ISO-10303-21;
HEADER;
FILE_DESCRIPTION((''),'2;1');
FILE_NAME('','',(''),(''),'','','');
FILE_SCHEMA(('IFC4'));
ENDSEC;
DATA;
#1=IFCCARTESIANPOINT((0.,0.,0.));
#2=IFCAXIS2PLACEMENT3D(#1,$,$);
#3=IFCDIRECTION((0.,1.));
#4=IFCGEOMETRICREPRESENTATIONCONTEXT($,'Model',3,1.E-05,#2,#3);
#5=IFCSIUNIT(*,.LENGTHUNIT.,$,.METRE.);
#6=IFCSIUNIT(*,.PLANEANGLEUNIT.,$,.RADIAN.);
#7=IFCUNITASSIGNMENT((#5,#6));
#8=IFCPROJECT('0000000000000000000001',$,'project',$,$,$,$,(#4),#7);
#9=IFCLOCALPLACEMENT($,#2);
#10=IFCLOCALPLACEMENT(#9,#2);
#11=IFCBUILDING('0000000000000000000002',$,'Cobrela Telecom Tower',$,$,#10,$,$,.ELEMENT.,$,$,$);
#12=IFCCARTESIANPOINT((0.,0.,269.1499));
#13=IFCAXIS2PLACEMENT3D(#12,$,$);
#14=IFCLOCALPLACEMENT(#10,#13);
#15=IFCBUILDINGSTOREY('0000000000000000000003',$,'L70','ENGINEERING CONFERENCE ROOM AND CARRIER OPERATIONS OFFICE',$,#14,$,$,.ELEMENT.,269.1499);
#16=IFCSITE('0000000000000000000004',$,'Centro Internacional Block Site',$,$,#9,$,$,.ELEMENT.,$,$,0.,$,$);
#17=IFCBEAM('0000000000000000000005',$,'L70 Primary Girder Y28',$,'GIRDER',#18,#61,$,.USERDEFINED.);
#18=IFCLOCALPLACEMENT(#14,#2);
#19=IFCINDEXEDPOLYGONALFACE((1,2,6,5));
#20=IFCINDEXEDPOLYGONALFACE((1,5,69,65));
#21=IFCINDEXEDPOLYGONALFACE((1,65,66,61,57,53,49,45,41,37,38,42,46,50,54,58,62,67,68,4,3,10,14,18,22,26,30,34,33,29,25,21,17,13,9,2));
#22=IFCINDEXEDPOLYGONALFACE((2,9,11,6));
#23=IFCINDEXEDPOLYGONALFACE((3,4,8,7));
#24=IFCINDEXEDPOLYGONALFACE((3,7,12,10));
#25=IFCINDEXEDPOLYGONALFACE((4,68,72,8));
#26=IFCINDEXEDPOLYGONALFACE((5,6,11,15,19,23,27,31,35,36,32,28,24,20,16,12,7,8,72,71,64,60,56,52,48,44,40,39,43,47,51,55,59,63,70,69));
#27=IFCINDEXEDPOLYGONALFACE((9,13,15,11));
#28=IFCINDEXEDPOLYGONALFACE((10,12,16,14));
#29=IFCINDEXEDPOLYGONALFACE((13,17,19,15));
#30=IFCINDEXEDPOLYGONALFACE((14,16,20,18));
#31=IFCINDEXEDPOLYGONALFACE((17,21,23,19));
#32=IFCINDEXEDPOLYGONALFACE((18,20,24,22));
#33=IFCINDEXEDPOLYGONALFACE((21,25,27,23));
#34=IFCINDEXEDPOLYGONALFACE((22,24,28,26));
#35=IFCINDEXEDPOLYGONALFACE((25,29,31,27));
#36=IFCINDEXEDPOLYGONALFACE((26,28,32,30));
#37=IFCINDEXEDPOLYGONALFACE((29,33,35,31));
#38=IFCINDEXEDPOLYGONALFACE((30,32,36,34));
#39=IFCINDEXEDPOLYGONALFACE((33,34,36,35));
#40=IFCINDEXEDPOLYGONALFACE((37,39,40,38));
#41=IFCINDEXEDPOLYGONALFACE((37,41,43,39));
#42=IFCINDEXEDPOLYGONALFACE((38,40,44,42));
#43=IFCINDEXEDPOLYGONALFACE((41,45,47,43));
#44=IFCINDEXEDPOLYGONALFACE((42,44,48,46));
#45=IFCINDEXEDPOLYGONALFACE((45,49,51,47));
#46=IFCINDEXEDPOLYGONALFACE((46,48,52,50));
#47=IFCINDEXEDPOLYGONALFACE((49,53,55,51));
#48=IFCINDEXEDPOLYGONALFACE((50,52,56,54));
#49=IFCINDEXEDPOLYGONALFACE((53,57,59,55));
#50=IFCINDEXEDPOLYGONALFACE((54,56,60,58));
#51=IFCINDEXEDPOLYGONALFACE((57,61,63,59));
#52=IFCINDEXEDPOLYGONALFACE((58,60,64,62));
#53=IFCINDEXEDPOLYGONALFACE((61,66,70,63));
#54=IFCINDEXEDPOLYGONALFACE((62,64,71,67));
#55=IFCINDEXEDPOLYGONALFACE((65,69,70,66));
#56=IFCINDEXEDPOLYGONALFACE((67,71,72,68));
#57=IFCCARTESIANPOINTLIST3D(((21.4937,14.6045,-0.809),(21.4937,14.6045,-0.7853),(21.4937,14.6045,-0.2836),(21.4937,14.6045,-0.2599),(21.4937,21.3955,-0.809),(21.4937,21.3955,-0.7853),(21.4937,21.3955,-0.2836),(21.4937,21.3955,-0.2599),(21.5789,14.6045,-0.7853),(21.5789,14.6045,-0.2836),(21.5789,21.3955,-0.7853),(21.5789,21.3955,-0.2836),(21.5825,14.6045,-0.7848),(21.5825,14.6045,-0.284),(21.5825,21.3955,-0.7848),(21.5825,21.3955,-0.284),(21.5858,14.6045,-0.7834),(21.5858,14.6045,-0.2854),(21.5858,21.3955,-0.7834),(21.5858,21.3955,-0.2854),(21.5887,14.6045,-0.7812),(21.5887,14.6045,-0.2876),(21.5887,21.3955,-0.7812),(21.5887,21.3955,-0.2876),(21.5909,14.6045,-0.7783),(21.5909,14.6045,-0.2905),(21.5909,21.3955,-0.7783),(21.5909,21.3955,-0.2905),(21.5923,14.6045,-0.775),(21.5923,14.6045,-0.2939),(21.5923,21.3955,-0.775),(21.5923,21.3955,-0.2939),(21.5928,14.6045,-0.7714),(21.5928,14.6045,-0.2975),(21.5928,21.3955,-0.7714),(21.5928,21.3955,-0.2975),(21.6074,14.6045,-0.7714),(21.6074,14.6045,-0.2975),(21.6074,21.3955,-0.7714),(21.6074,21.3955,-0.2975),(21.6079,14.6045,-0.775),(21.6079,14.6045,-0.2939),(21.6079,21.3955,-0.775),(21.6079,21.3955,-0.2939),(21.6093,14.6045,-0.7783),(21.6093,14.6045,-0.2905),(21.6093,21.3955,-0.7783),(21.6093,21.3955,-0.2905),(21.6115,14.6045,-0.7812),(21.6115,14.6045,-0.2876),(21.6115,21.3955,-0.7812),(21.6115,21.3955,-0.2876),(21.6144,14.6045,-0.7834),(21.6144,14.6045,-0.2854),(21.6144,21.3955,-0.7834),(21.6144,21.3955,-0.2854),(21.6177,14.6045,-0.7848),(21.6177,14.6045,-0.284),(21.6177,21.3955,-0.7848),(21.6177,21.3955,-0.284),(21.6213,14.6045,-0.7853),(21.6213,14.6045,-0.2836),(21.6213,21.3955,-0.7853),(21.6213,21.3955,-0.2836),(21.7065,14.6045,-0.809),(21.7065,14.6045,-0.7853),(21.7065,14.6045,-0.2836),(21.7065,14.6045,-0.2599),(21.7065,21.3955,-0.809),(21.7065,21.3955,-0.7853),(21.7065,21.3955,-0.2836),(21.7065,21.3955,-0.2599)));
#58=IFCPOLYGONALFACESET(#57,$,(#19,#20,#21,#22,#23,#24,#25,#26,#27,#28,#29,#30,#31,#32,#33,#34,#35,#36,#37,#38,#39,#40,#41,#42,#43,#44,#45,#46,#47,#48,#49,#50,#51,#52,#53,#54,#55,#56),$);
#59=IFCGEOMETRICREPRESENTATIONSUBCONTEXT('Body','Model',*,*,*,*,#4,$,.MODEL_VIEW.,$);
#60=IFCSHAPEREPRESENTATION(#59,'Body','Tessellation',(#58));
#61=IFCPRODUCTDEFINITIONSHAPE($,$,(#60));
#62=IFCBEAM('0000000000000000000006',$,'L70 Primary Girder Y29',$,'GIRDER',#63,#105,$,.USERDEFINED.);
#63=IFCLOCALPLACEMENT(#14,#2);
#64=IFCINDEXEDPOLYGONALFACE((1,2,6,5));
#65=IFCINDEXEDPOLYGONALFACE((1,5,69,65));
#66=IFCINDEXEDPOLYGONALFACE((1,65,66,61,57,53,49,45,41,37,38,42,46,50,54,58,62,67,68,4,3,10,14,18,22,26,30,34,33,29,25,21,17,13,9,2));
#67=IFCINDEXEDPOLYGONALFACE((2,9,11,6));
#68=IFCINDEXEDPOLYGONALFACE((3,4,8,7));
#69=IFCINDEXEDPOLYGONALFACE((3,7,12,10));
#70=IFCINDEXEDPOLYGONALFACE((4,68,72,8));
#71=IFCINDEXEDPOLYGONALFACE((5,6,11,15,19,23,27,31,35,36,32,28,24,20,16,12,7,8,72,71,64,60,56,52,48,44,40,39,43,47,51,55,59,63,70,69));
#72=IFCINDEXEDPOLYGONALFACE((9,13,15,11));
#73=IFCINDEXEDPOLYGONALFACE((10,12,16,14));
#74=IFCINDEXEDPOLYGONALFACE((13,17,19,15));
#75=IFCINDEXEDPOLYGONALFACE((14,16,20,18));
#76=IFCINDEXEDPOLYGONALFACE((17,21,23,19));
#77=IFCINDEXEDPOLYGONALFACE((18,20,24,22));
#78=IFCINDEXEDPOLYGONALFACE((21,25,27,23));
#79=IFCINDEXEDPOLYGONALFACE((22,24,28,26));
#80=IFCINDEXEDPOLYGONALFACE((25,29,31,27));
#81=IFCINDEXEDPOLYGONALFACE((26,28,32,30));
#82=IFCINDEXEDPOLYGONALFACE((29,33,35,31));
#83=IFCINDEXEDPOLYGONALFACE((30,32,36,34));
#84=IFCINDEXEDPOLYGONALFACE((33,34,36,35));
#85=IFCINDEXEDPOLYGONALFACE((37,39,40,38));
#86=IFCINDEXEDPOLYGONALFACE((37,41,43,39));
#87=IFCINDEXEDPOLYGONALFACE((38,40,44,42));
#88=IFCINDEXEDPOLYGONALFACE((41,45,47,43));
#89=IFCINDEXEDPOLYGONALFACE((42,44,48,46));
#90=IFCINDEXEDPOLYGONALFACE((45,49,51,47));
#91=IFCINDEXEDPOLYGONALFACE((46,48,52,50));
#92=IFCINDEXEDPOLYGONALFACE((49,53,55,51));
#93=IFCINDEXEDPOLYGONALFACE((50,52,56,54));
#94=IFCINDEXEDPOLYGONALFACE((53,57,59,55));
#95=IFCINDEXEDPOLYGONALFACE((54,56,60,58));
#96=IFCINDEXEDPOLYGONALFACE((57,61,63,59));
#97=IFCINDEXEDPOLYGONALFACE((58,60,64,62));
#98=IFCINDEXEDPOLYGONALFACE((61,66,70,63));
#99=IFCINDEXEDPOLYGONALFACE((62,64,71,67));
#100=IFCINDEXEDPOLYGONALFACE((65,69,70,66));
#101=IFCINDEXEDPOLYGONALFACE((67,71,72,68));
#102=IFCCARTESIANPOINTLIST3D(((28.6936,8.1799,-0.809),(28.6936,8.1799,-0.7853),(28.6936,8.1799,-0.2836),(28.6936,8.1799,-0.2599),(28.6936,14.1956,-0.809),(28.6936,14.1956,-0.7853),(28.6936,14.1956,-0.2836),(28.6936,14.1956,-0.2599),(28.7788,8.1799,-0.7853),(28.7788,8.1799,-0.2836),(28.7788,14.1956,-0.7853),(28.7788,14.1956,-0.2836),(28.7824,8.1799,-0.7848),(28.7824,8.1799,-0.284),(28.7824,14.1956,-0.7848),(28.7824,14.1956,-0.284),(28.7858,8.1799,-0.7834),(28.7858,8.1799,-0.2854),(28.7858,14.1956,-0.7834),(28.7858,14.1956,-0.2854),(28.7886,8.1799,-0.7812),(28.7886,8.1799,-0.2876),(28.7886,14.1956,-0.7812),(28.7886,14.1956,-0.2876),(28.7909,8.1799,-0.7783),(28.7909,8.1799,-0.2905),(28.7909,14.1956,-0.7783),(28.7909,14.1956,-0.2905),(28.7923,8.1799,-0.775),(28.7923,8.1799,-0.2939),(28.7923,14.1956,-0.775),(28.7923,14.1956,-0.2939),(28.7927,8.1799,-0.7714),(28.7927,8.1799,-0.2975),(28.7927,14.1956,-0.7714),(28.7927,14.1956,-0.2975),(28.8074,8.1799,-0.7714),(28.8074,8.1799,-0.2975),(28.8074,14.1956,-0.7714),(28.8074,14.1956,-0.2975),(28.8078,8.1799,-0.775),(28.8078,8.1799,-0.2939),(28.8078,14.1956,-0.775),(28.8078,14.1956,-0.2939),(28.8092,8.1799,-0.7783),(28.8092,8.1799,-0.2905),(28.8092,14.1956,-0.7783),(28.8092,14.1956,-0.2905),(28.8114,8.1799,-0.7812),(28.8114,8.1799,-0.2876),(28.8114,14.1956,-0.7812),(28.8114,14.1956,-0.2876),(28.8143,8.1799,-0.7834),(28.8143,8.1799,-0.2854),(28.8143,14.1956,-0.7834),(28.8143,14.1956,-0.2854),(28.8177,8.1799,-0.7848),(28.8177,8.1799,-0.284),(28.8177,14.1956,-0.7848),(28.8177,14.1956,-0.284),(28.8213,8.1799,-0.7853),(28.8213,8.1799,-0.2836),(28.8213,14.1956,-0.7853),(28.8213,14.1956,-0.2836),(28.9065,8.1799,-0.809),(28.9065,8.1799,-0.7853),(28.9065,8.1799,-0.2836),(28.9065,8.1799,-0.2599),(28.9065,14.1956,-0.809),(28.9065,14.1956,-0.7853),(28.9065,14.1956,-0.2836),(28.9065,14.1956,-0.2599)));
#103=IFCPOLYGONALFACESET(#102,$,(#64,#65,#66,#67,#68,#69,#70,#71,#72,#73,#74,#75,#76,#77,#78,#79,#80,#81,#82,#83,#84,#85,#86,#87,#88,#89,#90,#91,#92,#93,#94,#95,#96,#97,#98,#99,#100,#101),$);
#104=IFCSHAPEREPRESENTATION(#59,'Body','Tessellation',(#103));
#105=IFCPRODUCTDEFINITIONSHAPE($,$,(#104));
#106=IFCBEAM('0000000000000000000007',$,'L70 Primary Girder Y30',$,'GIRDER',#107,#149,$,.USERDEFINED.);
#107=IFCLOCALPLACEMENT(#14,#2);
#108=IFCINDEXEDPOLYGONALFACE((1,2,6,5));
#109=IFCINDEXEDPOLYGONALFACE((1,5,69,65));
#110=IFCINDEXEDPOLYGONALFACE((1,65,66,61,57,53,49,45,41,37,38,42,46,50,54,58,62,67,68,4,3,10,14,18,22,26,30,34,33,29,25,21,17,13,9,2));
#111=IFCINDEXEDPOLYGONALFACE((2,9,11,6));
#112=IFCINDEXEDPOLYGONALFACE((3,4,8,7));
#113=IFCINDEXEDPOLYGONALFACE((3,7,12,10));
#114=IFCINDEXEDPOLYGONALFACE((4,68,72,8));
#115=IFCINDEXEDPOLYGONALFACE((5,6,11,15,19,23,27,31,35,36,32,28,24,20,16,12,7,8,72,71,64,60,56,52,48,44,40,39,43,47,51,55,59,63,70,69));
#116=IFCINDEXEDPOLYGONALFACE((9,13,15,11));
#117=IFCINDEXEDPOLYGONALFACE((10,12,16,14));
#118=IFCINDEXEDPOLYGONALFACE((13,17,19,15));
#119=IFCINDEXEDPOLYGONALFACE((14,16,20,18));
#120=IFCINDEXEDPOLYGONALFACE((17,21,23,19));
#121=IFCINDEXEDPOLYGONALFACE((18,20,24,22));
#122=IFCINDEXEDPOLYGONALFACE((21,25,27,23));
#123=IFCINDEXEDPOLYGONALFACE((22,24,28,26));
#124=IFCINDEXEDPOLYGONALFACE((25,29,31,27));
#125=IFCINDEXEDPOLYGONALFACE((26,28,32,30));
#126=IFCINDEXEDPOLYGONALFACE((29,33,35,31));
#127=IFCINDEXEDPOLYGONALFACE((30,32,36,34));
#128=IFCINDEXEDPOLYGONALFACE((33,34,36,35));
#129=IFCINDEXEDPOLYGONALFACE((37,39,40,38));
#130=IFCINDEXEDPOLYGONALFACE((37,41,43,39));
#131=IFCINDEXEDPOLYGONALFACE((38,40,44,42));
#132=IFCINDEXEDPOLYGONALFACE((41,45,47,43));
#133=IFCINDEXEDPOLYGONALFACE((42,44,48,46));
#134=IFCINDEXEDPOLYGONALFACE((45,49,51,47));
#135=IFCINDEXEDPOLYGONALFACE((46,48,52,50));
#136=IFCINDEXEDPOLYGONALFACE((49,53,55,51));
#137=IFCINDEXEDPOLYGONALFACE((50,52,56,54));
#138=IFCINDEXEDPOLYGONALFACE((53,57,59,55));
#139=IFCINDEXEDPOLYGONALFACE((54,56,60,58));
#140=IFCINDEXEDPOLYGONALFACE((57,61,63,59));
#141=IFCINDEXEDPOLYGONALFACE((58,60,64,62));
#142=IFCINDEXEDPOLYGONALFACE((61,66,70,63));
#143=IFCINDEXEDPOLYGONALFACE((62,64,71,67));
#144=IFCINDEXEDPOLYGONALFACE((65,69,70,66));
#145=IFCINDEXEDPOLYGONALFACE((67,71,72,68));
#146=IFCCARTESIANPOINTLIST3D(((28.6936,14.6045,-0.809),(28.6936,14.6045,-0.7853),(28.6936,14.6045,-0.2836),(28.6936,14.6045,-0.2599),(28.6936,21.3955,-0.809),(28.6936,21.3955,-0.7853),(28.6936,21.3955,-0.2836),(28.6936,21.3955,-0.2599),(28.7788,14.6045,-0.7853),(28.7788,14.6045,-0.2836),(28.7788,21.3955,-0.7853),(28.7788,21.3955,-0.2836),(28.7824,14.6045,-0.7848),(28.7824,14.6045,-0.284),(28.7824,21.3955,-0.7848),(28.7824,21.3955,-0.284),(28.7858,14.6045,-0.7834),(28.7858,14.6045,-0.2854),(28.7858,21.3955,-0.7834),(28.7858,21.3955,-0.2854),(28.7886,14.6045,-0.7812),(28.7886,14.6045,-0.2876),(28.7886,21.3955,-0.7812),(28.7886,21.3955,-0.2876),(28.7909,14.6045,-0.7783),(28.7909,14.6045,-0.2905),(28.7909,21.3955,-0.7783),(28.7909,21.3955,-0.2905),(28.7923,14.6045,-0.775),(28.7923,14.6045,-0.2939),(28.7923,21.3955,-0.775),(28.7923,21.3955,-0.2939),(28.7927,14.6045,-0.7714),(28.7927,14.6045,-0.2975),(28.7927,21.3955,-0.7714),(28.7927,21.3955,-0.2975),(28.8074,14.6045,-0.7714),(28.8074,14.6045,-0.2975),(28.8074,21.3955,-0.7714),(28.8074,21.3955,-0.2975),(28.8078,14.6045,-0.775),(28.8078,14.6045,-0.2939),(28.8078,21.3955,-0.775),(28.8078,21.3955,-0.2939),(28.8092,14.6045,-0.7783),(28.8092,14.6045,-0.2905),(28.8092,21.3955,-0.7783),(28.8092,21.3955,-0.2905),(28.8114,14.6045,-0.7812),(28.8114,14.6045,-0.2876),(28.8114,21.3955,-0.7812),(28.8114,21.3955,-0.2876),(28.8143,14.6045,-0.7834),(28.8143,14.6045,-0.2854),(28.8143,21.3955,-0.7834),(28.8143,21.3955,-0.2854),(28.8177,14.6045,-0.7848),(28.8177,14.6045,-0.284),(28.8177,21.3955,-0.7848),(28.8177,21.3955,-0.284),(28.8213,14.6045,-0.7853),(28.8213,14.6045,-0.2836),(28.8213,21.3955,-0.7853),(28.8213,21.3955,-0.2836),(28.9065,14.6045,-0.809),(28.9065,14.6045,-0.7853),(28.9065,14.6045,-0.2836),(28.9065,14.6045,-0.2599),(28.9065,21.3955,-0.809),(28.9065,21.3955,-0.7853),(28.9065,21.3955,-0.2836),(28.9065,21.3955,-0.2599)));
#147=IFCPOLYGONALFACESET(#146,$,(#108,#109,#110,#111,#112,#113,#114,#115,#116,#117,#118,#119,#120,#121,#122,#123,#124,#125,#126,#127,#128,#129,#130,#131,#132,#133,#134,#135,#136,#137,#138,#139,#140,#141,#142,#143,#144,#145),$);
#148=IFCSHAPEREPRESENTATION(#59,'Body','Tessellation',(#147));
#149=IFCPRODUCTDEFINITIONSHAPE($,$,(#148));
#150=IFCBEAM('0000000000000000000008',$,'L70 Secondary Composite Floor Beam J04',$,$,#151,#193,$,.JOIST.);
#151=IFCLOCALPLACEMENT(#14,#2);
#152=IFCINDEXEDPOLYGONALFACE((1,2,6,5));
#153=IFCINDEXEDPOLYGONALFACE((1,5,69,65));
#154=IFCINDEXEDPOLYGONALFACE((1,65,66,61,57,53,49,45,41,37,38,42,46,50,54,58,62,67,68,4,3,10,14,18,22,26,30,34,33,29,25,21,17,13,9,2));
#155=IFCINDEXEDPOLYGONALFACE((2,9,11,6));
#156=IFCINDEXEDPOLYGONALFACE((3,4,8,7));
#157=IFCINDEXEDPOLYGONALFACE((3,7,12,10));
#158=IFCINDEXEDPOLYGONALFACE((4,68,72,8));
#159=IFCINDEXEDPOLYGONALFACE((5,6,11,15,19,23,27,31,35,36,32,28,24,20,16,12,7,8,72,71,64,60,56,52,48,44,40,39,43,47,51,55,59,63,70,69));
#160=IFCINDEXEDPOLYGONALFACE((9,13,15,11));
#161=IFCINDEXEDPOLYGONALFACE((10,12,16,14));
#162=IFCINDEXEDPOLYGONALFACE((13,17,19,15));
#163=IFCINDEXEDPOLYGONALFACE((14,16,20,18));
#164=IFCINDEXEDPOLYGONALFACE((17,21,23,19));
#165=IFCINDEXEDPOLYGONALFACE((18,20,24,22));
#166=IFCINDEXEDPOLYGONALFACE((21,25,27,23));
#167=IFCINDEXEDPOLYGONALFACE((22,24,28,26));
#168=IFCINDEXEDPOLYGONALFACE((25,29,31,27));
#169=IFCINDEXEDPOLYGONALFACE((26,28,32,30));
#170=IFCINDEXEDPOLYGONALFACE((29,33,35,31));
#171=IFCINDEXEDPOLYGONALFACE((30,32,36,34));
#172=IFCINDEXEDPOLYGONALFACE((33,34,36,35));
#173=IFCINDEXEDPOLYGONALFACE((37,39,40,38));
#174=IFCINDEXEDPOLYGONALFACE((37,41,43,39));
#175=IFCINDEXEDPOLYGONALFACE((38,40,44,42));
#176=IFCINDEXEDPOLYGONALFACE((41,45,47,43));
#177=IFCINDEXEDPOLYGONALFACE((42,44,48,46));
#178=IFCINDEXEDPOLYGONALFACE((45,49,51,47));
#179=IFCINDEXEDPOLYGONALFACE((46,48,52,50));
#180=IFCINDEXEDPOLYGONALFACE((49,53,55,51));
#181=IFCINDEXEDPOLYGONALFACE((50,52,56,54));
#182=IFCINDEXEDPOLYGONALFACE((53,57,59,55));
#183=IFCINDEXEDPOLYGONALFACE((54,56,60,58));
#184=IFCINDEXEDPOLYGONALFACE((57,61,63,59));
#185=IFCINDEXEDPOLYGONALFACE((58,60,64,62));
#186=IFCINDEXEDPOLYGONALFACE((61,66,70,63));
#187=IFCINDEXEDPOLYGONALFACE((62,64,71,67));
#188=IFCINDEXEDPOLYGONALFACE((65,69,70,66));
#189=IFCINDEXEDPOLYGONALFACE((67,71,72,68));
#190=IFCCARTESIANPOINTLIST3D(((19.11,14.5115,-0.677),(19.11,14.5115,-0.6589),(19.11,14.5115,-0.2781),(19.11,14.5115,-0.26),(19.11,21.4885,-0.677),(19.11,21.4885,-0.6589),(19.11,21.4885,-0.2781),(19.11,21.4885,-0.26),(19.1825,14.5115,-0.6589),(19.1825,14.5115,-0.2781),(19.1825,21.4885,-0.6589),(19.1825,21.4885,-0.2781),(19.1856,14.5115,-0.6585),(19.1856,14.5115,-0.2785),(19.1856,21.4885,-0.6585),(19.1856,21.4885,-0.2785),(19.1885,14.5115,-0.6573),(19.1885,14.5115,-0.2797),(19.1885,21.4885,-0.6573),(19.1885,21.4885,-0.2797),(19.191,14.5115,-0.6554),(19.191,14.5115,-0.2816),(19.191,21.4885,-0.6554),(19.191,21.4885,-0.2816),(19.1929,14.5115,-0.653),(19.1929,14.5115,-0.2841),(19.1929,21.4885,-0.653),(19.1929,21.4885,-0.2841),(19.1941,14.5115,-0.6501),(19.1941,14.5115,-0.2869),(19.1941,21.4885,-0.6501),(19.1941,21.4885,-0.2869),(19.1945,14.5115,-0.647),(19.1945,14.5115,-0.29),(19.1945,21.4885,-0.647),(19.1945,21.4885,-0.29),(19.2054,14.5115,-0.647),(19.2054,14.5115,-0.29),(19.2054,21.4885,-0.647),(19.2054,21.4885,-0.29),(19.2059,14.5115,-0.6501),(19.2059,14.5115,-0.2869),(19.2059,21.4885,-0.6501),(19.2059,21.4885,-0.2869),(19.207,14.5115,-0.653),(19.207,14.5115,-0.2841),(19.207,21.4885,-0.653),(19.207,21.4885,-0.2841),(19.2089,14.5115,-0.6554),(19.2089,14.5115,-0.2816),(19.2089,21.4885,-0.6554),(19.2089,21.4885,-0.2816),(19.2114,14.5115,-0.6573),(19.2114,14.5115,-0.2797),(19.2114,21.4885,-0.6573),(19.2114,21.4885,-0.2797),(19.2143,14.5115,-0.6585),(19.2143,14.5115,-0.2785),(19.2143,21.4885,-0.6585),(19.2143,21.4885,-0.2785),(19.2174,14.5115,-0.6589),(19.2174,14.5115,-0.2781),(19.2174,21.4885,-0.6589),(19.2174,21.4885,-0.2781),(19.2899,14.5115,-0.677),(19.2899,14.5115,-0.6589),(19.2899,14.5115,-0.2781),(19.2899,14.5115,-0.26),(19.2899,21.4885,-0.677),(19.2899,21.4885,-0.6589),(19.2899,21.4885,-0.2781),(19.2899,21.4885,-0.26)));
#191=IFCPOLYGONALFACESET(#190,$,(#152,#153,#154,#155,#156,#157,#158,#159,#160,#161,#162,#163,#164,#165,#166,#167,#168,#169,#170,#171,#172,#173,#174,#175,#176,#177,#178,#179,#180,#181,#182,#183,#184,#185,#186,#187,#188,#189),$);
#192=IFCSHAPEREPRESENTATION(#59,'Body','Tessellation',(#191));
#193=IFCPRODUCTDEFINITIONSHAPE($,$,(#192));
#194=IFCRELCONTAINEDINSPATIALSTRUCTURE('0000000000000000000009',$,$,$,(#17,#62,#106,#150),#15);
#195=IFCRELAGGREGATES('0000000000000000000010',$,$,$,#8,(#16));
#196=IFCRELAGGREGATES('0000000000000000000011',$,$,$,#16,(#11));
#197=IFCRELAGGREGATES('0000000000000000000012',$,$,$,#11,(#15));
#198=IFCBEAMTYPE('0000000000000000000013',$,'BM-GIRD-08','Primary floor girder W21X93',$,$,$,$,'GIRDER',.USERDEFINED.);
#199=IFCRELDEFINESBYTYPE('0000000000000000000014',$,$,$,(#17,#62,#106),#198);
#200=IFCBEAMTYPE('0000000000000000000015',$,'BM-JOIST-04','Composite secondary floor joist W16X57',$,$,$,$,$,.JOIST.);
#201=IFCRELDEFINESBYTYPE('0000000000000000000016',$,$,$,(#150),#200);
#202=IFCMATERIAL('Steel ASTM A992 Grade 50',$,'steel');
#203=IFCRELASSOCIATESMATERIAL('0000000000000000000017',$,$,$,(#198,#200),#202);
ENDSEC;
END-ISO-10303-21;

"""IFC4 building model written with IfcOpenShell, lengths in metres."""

from ifc_helpers import new_model, si_unit, direction, frame, origin, origin_2d, place, context, subcontext, project, spatial, i_section, extrude, material, material_profile, profile_set, type_object, element, save


model = new_model("IFC4")

# Units and contexts
model_context = context("Model", 3, precision=1e-05, world=origin(), true_north=direction((0.0, 1.0)))
body_context = subcontext(model_context, "Body", "Model", "MODEL_VIEW")
ifc_project = project(units=[si_unit("LENGTHUNIT", "METRE"), si_unit("PLANEANGLEUNIT", "RADIAN")], contexts=[model_context])

# Site, building, storey
site_placement = place(None, origin())
site = spatial("IfcSite", under=ifc_project, at=site_placement, Name="Centro Internacional Block Site", CompositionType="ELEMENT", RefElevation=0.0)
building_placement = place(site_placement, origin())
building = spatial("IfcBuilding", under=site, at=building_placement, Name="Cobrela Telecom Tower", CompositionType="ELEMENT")
storey_placement = place(building_placement, frame((0.0, 0.0, 269.1499)))
storey = spatial("IfcBuildingStorey", under=building, at=storey_placement, Name="L70", Description="ENGINEERING CONFERENCE ROOM AND CARRIER OPERATIONS OFFICE", CompositionType="ELEMENT", Elevation=269.1499)

# Shared definitions
ifc_material_1 = material(Name="Steel ASTM A992 Grade 50", Category="steel")

# Beams
ifc_material_profile_1 = material_profile(ifc_material_1, i_section(OverallWidth=0.2129, OverallDepth=0.5491, WebThickness=0.0146, FlangeThickness=0.0237, FilletRadius=0.0139, at=origin_2d()), Name="W21X93")
ifc_profile_set_1 = profile_set([ifc_material_profile_1], Name="Steel ASTM A992 Grade 50")
beam_type_1 = type_object("IfcBeamType", Name="BM-GIRD-08", Description="Primary floor girder W21X93", ElementType="GIRDER", PredefinedType="USERDEFINED", material=ifc_profile_set_1)
beam_1_placement = place(storey_placement, frame((21.6001, 14.6045, -0.5344), z_axis=(0.0, 1.0, 0.0), x_axis=(-1.0, 0.0, 0.0)))
element("IfcBeam", 1, at=beam_1_placement, inside=storey, type_object=beam_type_1, Name="L70 Primary Girder Y28", ObjectType="GIRDER", PredefinedType="USERDEFINED", context=body_context, shape_type="SweptSolid", body=[
    extrude(i_section(OverallWidth=0.2129, OverallDepth=0.5491, WebThickness=0.0146, FlangeThickness=0.0237, FilletRadius=0.0139, at=origin_2d()), origin(), (0.0, 0.0, 1.0), 6.791),
])
beam_2_placement = place(storey_placement, frame((28.8, 8.1799, -0.5344), z_axis=(0.0, 1.0, 0.0), x_axis=(-1.0, 0.0, 0.0)))
element("IfcBeam", 2, at=beam_2_placement, inside=storey, type_object=beam_type_1, Name="L70 Primary Girder Y29", ObjectType="GIRDER", PredefinedType="USERDEFINED", context=body_context, shape_type="SweptSolid", body=[
    extrude(i_section(OverallWidth=0.2129, OverallDepth=0.5491, WebThickness=0.0146, FlangeThickness=0.0237, FilletRadius=0.0139, at=origin_2d()), origin(), (0.0, 0.0, 1.0), 6.0156),
])
beam_3_placement = place(storey_placement, frame((28.8, 14.6045, -0.5344), z_axis=(0.0, 1.0, 0.0), x_axis=(-1.0, 0.0, 0.0)))
element("IfcBeam", 3, at=beam_3_placement, inside=storey, type_object=beam_type_1, Name="L70 Primary Girder Y30", ObjectType="GIRDER", PredefinedType="USERDEFINED", context=body_context, shape_type="SweptSolid", body=[
    extrude(i_section(OverallWidth=0.2129, OverallDepth=0.5491, WebThickness=0.0146, FlangeThickness=0.0237, FilletRadius=0.0139, at=origin_2d()), origin(), (0.0, 0.0, 1.0), 6.791),
])
ifc_material_profile_2 = material_profile(ifc_material_1, i_section(OverallWidth=0.1799, OverallDepth=0.417, WebThickness=0.011, FlangeThickness=0.0181, FilletRadius=0.012, at=origin_2d()), Name="W16X57")
ifc_profile_set_2 = profile_set([ifc_material_profile_2], Name="Steel ASTM A992 Grade 50")
beam_type_2 = type_object("IfcBeamType", Name="BM-JOIST-04", Description="Composite secondary floor joist W16X57", PredefinedType="JOIST", material=ifc_profile_set_2)
beam_4_placement = place(storey_placement, frame((19.2, 14.5115, -0.4685), z_axis=(0.0, 1.0, 0.0), x_axis=(-1.0, 0.0, 0.0)))
element("IfcBeam", 4, at=beam_4_placement, inside=storey, type_object=beam_type_2, Name="L70 Secondary Composite Floor Beam J04", PredefinedType="JOIST", context=body_context, shape_type="SweptSolid", body=[
    extrude(i_section(OverallWidth=0.1799, OverallDepth=0.417, WebThickness=0.011, FlangeThickness=0.0181, FilletRadius=0.012, at=origin_2d()), origin(), (0.0, 0.0, 1.0), 6.9771),
])

save(model, "model.ifc")
